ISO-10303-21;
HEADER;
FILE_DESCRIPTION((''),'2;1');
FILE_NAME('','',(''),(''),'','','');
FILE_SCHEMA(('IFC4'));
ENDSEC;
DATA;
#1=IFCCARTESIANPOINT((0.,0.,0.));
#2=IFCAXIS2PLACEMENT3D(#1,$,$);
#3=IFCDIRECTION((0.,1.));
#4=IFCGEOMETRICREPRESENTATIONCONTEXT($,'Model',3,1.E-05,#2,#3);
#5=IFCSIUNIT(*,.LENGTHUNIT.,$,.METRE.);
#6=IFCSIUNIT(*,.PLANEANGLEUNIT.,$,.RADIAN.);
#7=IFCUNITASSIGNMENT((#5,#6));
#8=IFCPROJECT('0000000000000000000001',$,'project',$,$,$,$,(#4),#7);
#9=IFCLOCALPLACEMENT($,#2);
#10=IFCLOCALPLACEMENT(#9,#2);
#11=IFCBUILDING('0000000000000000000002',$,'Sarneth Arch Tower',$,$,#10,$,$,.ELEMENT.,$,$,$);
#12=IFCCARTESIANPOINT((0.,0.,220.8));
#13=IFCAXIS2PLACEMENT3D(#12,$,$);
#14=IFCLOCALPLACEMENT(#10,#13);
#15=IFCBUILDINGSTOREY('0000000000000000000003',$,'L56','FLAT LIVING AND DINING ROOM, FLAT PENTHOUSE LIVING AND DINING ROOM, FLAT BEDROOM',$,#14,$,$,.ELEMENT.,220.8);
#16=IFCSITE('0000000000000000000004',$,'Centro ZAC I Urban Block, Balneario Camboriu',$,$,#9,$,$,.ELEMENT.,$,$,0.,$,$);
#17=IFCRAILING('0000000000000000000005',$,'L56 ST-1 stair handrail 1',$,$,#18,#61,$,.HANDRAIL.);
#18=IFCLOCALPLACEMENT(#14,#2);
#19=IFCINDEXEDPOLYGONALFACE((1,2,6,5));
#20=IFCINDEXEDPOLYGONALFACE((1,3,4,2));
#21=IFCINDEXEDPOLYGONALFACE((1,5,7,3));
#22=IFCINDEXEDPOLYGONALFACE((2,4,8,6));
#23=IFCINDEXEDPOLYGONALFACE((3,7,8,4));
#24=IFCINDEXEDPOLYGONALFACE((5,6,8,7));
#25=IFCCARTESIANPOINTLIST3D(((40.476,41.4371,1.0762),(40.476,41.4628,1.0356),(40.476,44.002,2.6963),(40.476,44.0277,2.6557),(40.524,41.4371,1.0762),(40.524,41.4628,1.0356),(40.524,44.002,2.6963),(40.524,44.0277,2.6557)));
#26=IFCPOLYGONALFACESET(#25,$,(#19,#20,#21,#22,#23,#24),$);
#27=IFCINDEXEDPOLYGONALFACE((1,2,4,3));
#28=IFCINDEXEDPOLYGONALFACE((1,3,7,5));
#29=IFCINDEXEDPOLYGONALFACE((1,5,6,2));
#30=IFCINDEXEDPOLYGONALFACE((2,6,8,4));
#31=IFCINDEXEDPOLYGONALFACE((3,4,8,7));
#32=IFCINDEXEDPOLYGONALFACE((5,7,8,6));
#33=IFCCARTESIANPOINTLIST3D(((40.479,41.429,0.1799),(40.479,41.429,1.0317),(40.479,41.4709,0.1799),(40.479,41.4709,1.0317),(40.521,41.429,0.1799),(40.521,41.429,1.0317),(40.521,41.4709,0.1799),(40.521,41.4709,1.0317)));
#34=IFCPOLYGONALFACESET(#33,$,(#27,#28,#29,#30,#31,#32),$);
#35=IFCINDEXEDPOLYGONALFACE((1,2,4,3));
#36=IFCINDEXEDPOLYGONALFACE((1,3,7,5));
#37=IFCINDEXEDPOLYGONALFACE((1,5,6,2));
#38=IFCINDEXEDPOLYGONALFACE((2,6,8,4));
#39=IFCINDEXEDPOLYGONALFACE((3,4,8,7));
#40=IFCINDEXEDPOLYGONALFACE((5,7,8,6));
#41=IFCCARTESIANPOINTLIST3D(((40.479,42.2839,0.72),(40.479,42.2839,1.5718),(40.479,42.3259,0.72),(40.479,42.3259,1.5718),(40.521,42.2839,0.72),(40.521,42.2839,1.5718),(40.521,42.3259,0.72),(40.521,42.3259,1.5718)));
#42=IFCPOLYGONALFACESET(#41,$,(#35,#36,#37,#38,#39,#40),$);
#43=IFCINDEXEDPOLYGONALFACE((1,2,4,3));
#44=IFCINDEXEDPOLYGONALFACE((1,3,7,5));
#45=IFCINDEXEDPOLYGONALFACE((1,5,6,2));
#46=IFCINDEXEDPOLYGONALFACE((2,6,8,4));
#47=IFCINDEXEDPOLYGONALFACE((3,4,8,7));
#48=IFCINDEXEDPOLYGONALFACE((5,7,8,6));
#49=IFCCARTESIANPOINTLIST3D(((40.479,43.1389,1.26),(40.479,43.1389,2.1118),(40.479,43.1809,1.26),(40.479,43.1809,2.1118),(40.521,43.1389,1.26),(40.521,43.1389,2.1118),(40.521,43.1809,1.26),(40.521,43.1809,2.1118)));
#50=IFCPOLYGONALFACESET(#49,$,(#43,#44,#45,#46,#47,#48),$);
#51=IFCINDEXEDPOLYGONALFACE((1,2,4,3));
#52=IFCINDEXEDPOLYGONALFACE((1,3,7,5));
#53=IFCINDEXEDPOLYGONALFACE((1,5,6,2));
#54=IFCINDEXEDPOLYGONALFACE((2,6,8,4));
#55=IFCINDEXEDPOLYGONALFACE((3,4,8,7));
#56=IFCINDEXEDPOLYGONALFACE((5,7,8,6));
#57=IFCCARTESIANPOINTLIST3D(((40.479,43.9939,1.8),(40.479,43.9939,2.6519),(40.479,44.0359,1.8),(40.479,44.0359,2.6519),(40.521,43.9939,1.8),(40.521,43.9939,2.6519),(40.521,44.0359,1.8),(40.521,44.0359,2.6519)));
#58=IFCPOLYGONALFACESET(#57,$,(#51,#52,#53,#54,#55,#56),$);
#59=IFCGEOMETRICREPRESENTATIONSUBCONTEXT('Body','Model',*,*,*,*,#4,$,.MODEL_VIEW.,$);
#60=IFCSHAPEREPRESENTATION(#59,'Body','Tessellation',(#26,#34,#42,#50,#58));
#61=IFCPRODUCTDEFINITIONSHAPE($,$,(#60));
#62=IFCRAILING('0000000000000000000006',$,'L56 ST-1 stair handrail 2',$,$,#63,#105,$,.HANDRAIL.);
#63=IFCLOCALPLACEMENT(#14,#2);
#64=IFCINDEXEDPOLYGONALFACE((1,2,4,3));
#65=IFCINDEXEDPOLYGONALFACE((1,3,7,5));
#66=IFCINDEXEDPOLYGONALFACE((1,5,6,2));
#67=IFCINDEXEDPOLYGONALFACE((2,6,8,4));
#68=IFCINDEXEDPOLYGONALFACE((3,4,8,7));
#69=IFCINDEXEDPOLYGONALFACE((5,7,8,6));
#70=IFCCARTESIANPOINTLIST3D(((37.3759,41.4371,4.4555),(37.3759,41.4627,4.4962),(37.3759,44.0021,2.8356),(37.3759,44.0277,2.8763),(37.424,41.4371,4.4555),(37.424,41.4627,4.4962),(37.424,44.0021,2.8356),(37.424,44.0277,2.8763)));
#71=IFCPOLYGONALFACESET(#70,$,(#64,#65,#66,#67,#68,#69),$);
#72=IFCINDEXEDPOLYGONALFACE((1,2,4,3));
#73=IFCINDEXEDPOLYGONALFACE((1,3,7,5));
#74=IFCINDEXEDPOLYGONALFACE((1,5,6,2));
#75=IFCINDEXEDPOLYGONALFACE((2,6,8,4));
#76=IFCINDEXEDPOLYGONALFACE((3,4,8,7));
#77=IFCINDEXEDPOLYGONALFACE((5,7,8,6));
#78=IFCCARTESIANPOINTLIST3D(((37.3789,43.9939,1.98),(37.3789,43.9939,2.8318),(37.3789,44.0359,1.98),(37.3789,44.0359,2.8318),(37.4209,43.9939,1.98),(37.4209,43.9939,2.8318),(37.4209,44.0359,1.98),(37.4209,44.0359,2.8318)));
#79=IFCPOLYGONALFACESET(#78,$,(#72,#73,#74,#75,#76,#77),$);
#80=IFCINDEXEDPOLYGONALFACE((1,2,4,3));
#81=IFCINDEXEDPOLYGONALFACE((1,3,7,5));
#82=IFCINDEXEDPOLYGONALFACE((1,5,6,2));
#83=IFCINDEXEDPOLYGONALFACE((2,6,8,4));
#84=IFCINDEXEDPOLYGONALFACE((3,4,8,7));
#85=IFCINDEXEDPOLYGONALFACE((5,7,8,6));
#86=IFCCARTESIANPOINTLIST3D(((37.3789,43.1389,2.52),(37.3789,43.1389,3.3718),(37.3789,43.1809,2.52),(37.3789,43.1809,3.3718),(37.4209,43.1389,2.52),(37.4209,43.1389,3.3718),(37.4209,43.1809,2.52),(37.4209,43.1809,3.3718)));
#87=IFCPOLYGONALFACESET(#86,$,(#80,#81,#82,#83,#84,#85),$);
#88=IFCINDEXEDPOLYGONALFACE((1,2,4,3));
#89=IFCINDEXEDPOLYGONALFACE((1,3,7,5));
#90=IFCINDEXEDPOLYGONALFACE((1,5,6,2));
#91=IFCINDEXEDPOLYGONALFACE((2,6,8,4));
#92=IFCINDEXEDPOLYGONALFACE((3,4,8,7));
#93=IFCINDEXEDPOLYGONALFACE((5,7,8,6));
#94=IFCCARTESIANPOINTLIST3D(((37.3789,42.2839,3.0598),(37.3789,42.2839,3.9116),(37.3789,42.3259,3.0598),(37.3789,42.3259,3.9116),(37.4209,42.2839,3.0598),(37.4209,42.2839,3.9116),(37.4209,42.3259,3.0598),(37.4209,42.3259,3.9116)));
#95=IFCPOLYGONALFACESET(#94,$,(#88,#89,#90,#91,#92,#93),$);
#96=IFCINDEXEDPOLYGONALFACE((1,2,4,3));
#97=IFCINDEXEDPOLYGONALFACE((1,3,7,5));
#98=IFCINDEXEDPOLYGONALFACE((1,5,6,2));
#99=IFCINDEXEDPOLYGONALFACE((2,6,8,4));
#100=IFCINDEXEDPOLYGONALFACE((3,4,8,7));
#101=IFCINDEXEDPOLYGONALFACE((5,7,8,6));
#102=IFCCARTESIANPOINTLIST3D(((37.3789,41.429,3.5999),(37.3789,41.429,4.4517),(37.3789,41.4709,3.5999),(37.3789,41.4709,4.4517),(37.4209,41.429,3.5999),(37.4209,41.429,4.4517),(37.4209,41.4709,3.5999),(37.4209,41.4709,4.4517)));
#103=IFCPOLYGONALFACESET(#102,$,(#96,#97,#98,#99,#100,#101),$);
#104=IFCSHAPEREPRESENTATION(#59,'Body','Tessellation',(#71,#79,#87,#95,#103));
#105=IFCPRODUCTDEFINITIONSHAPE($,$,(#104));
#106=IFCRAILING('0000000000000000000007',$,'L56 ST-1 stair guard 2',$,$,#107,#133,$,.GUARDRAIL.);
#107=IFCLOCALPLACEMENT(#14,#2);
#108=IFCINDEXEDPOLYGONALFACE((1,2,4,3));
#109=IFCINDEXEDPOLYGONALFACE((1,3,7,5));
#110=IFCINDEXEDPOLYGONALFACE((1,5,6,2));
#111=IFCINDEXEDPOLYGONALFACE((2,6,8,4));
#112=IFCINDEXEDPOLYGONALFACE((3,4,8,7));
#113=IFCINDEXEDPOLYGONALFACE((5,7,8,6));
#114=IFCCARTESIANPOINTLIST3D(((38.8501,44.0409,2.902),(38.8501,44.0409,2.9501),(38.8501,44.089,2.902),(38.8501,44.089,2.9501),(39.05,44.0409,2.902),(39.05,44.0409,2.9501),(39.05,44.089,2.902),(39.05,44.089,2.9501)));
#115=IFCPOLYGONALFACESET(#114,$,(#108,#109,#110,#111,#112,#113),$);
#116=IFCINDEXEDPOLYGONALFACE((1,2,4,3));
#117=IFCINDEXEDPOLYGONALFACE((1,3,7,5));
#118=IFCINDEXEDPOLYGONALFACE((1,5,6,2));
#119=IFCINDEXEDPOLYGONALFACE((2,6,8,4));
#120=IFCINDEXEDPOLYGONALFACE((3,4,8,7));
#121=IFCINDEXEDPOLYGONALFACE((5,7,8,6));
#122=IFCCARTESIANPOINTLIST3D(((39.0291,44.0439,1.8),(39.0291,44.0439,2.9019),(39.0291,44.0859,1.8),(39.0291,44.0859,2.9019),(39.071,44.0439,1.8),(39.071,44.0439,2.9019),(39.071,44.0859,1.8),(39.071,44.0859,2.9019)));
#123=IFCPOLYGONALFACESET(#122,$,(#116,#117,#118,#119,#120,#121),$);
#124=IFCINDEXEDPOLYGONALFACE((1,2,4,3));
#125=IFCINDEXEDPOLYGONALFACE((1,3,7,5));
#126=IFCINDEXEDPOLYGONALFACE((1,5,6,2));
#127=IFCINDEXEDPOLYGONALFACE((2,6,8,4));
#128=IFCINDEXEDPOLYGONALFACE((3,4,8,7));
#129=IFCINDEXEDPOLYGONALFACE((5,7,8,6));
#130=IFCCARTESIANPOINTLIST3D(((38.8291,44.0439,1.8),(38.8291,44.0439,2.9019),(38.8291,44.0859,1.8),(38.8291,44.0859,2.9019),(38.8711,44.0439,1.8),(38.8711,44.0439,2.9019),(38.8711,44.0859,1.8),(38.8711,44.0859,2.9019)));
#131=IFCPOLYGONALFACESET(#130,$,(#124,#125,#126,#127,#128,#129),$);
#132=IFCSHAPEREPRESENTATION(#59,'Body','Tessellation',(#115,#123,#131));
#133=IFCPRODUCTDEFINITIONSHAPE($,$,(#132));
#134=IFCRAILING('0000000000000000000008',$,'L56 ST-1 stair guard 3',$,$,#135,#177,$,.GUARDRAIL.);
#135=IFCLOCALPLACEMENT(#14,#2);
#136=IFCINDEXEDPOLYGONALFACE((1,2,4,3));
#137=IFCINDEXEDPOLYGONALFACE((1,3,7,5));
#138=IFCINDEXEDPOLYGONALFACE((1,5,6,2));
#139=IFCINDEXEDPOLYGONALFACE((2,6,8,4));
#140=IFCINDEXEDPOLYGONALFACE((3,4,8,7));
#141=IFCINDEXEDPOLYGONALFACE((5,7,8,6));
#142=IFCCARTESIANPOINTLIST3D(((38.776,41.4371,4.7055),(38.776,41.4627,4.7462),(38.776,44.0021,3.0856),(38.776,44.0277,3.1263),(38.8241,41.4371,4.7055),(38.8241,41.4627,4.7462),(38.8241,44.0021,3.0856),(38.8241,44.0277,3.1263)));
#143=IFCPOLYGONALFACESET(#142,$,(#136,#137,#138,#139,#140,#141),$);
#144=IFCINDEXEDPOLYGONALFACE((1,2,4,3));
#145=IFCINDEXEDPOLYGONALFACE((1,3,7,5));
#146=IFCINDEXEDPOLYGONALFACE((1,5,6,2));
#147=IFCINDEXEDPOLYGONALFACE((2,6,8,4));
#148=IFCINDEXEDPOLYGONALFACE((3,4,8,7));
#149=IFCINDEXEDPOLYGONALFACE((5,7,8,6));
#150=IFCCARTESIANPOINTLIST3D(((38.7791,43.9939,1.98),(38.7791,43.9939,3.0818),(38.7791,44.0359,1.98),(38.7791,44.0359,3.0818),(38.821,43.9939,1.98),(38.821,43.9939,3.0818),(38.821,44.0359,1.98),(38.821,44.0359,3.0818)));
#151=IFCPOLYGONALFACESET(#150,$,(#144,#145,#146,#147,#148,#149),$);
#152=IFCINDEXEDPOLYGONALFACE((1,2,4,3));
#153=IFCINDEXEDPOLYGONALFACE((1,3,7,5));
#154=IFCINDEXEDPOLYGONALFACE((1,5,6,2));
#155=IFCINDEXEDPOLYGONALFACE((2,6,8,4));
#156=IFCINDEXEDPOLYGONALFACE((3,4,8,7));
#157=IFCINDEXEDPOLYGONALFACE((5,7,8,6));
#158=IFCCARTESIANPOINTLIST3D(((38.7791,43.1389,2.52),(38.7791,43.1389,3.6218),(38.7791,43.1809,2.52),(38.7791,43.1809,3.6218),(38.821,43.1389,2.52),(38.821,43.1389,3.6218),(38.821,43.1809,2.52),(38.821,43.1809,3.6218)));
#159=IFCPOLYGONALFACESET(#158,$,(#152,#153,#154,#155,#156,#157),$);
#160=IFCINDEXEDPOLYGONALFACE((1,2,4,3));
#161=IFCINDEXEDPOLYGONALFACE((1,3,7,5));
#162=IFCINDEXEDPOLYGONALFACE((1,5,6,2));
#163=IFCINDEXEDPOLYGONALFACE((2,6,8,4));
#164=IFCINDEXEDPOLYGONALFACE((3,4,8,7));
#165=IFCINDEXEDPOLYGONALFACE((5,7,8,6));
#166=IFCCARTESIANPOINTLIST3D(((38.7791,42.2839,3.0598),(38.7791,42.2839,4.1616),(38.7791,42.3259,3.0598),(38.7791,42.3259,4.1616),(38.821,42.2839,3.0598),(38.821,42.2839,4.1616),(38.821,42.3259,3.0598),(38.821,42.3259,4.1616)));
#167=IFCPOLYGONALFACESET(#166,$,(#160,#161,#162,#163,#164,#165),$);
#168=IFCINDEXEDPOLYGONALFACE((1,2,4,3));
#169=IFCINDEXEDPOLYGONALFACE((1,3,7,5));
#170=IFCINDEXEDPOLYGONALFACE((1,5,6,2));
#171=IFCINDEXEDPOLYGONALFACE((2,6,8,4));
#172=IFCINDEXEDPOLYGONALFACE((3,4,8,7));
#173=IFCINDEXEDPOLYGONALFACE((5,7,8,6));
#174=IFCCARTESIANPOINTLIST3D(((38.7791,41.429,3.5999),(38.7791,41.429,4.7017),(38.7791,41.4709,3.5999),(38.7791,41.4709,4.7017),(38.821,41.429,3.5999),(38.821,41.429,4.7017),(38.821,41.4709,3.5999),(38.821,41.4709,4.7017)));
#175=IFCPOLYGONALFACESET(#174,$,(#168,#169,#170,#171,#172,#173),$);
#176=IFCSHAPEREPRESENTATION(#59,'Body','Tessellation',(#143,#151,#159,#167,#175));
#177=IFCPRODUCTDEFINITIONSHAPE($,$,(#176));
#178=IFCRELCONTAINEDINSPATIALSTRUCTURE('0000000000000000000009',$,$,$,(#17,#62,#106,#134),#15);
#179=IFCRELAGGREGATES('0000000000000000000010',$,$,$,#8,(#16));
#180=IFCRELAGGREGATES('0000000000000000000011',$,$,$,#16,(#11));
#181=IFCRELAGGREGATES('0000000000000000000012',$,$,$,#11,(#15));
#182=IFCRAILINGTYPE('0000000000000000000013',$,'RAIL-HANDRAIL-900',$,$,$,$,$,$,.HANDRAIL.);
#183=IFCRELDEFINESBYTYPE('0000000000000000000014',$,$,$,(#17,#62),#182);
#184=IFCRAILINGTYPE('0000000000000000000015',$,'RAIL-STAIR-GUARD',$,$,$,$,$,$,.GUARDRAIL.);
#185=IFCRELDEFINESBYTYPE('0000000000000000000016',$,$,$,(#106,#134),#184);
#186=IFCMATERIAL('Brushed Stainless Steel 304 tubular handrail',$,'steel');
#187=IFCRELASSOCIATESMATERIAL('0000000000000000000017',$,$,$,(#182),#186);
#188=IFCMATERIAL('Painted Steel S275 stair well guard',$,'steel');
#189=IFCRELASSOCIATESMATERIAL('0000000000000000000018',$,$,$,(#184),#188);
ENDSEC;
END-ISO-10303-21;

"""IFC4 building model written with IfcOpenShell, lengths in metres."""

from ifc_helpers import new_model, si_unit, direction, frame, origin, origin_2d, place, context, subcontext, project, spatial, rectangle, extrude, material, type_object, element, save


model = new_model("IFC4")

# Units and contexts
model_context = context("Model", 3, precision=1e-05, world=origin(), true_north=direction((0.0, 1.0)))
body_context = subcontext(model_context, "Body", "Model", "MODEL_VIEW")
ifc_project = project(units=[si_unit("LENGTHUNIT", "METRE"), si_unit("PLANEANGLEUNIT", "RADIAN")], contexts=[model_context])

# Site, building, storey
site_placement = place(None, origin())
site = spatial("IfcSite", under=ifc_project, at=site_placement, Name="Centro ZAC I Urban Block, Balneario Camboriu", CompositionType="ELEMENT", RefElevation=0.0)
building_placement = place(site_placement, origin())
building = spatial("IfcBuilding", under=site, at=building_placement, Name="Sarneth Arch Tower", CompositionType="ELEMENT")
storey_placement = place(building_placement, frame((0.0, 0.0, 220.8)))
storey = spatial("IfcBuildingStorey", under=building, at=storey_placement, Name="L56", Description="FLAT LIVING AND DINING ROOM, FLAT PENTHOUSE LIVING AND DINING ROOM, FLAT BEDROOM", CompositionType="ELEMENT", Elevation=220.8)

# Railings
ifc_material_1 = material(Name="Brushed Stainless Steel 304 tubular handrail", Category="steel")
railing_type_1 = type_object("IfcRailingType", Name="RAIL-HANDRAIL-900", PredefinedType="HANDRAIL", material=ifc_material_1)
railing_1_placement = place(storey_placement, frame((40.5, 41.45, 0.1799)))
element("IfcRailing", 1, at=railing_1_placement, inside=storey, type_object=railing_type_1, Name="L56 ST-1 stair handrail 1", PredefinedType="HANDRAIL", context=body_context, shape_type="SweptSolid", body=[
    extrude(rectangle(XDim=0.0481, YDim=0.0481, at=origin_2d()), frame((0.0, 0.0, 0.876), z_axis=(0.0, 0.845466, 0.534029), x_axis=(-1.0, 0.0, 0.0)), (0.0, 0.0, 1.0), 3.0337),
    extrude(rectangle(XDim=0.042, YDim=0.042, at=origin_2d()), origin(), (0.0, 0.0, 1.0), 0.8518),
    extrude(rectangle(XDim=0.042, YDim=0.042, at=origin_2d()), frame((0.0, 0.855, 0.54)), (0.0, 0.0, 1.0), 0.8518),
    extrude(rectangle(XDim=0.042, YDim=0.042, at=origin_2d()), frame((0.0, 1.71, 1.0801)), (0.0, 0.0, 1.0), 0.8518),
    extrude(rectangle(XDim=0.042, YDim=0.042, at=origin_2d()), frame((0.0, 2.5649, 1.6201)), (0.0, 0.0, 1.0), 0.8518),
])
railing_2_placement = place(storey_placement, frame((37.3999, 44.0149, 1.98)))
element("IfcRailing", 2, at=railing_2_placement, inside=storey, type_object=railing_type_1, Name="L56 ST-1 stair handrail 2", PredefinedType="HANDRAIL", context=body_context, shape_type="SweptSolid", body=[
    extrude(rectangle(XDim=0.0481, YDim=0.0481, at=origin_2d()), frame((0.0, 0.0, 0.876), z_axis=(0.0, -0.845502, 0.533972), x_axis=(1.0, 0.0, 0.0)), (0.0, 0.0, 1.0), 3.0337),
    extrude(rectangle(XDim=0.042, YDim=0.042, at=origin_2d()), origin(), (0.0, 0.0, 1.0), 0.8518),
    extrude(rectangle(XDim=0.042, YDim=0.042, at=origin_2d()), frame((0.0, -0.855, 0.54)), (0.0, 0.0, 1.0), 0.8518),
    extrude(rectangle(XDim=0.042, YDim=0.042, at=origin_2d()), frame((0.0, -1.71, 1.0798)), (0.0, 0.0, 1.0), 0.8518),
    extrude(rectangle(XDim=0.042, YDim=0.042, at=origin_2d()), frame((0.0, -2.5649, 1.6199)), (0.0, 0.0, 1.0), 0.8518),
])
ifc_material_2 = material(Name="Painted Steel S275 stair well guard", Category="steel")
railing_type_2 = type_object("IfcRailingType", Name="RAIL-STAIR-GUARD", PredefinedType="GUARDRAIL", material=ifc_material_2)
railing_3_placement = place(storey_placement, frame((39.05, 44.0649, 1.8)))
element("IfcRailing", 3, at=railing_3_placement, inside=storey, type_object=railing_type_2, Name="L56 ST-1 stair guard 2", PredefinedType="GUARDRAIL", context=body_context, shape_type="SweptSolid", body=[
    extrude(rectangle(XDim=0.0481, YDim=0.0481, at=origin_2d()), frame((0.0, 0.0, 1.126), z_axis=(-1.0, 0.0, 0.0), x_axis=(0.0, -1.0, 0.0)), (0.0, 0.0, 1.0), 0.2),
    extrude(rectangle(XDim=0.042, YDim=0.042, at=origin_2d()), origin(), (0.0, 0.0, 1.0), 1.1018),
    extrude(rectangle(XDim=0.042, YDim=0.042, at=origin_2d()), frame((-0.2, 0.0, 0.0)), (0.0, 0.0, 1.0), 1.1018),
])
railing_4_placement = place(storey_placement, frame((38.8, 44.0149, 1.98)))
element("IfcRailing", 4, at=railing_4_placement, inside=storey, type_object=railing_type_2, Name="L56 ST-1 stair guard 3", PredefinedType="GUARDRAIL", context=body_context, shape_type="SweptSolid", body=[
    extrude(rectangle(XDim=0.0481, YDim=0.0481, at=origin_2d()), frame((0.0, 0.0, 1.126), z_axis=(0.0, -0.845502, 0.533972), x_axis=(1.0, 0.0, 0.0)), (0.0, 0.0, 1.0), 3.0337),
    extrude(rectangle(XDim=0.042, YDim=0.042, at=origin_2d()), origin(), (0.0, 0.0, 1.0), 1.1018),
    extrude(rectangle(XDim=0.042, YDim=0.042, at=origin_2d()), frame((0.0, -0.855, 0.54)), (0.0, 0.0, 1.0), 1.1018),
    extrude(rectangle(XDim=0.042, YDim=0.042, at=origin_2d()), frame((0.0, -1.71, 1.0798)), (0.0, 0.0, 1.0), 1.1018),
    extrude(rectangle(XDim=0.042, YDim=0.042, at=origin_2d()), frame((0.0, -2.5649, 1.6199)), (0.0, 0.0, 1.0), 1.1018),
])

save(model, "model.ifc")
